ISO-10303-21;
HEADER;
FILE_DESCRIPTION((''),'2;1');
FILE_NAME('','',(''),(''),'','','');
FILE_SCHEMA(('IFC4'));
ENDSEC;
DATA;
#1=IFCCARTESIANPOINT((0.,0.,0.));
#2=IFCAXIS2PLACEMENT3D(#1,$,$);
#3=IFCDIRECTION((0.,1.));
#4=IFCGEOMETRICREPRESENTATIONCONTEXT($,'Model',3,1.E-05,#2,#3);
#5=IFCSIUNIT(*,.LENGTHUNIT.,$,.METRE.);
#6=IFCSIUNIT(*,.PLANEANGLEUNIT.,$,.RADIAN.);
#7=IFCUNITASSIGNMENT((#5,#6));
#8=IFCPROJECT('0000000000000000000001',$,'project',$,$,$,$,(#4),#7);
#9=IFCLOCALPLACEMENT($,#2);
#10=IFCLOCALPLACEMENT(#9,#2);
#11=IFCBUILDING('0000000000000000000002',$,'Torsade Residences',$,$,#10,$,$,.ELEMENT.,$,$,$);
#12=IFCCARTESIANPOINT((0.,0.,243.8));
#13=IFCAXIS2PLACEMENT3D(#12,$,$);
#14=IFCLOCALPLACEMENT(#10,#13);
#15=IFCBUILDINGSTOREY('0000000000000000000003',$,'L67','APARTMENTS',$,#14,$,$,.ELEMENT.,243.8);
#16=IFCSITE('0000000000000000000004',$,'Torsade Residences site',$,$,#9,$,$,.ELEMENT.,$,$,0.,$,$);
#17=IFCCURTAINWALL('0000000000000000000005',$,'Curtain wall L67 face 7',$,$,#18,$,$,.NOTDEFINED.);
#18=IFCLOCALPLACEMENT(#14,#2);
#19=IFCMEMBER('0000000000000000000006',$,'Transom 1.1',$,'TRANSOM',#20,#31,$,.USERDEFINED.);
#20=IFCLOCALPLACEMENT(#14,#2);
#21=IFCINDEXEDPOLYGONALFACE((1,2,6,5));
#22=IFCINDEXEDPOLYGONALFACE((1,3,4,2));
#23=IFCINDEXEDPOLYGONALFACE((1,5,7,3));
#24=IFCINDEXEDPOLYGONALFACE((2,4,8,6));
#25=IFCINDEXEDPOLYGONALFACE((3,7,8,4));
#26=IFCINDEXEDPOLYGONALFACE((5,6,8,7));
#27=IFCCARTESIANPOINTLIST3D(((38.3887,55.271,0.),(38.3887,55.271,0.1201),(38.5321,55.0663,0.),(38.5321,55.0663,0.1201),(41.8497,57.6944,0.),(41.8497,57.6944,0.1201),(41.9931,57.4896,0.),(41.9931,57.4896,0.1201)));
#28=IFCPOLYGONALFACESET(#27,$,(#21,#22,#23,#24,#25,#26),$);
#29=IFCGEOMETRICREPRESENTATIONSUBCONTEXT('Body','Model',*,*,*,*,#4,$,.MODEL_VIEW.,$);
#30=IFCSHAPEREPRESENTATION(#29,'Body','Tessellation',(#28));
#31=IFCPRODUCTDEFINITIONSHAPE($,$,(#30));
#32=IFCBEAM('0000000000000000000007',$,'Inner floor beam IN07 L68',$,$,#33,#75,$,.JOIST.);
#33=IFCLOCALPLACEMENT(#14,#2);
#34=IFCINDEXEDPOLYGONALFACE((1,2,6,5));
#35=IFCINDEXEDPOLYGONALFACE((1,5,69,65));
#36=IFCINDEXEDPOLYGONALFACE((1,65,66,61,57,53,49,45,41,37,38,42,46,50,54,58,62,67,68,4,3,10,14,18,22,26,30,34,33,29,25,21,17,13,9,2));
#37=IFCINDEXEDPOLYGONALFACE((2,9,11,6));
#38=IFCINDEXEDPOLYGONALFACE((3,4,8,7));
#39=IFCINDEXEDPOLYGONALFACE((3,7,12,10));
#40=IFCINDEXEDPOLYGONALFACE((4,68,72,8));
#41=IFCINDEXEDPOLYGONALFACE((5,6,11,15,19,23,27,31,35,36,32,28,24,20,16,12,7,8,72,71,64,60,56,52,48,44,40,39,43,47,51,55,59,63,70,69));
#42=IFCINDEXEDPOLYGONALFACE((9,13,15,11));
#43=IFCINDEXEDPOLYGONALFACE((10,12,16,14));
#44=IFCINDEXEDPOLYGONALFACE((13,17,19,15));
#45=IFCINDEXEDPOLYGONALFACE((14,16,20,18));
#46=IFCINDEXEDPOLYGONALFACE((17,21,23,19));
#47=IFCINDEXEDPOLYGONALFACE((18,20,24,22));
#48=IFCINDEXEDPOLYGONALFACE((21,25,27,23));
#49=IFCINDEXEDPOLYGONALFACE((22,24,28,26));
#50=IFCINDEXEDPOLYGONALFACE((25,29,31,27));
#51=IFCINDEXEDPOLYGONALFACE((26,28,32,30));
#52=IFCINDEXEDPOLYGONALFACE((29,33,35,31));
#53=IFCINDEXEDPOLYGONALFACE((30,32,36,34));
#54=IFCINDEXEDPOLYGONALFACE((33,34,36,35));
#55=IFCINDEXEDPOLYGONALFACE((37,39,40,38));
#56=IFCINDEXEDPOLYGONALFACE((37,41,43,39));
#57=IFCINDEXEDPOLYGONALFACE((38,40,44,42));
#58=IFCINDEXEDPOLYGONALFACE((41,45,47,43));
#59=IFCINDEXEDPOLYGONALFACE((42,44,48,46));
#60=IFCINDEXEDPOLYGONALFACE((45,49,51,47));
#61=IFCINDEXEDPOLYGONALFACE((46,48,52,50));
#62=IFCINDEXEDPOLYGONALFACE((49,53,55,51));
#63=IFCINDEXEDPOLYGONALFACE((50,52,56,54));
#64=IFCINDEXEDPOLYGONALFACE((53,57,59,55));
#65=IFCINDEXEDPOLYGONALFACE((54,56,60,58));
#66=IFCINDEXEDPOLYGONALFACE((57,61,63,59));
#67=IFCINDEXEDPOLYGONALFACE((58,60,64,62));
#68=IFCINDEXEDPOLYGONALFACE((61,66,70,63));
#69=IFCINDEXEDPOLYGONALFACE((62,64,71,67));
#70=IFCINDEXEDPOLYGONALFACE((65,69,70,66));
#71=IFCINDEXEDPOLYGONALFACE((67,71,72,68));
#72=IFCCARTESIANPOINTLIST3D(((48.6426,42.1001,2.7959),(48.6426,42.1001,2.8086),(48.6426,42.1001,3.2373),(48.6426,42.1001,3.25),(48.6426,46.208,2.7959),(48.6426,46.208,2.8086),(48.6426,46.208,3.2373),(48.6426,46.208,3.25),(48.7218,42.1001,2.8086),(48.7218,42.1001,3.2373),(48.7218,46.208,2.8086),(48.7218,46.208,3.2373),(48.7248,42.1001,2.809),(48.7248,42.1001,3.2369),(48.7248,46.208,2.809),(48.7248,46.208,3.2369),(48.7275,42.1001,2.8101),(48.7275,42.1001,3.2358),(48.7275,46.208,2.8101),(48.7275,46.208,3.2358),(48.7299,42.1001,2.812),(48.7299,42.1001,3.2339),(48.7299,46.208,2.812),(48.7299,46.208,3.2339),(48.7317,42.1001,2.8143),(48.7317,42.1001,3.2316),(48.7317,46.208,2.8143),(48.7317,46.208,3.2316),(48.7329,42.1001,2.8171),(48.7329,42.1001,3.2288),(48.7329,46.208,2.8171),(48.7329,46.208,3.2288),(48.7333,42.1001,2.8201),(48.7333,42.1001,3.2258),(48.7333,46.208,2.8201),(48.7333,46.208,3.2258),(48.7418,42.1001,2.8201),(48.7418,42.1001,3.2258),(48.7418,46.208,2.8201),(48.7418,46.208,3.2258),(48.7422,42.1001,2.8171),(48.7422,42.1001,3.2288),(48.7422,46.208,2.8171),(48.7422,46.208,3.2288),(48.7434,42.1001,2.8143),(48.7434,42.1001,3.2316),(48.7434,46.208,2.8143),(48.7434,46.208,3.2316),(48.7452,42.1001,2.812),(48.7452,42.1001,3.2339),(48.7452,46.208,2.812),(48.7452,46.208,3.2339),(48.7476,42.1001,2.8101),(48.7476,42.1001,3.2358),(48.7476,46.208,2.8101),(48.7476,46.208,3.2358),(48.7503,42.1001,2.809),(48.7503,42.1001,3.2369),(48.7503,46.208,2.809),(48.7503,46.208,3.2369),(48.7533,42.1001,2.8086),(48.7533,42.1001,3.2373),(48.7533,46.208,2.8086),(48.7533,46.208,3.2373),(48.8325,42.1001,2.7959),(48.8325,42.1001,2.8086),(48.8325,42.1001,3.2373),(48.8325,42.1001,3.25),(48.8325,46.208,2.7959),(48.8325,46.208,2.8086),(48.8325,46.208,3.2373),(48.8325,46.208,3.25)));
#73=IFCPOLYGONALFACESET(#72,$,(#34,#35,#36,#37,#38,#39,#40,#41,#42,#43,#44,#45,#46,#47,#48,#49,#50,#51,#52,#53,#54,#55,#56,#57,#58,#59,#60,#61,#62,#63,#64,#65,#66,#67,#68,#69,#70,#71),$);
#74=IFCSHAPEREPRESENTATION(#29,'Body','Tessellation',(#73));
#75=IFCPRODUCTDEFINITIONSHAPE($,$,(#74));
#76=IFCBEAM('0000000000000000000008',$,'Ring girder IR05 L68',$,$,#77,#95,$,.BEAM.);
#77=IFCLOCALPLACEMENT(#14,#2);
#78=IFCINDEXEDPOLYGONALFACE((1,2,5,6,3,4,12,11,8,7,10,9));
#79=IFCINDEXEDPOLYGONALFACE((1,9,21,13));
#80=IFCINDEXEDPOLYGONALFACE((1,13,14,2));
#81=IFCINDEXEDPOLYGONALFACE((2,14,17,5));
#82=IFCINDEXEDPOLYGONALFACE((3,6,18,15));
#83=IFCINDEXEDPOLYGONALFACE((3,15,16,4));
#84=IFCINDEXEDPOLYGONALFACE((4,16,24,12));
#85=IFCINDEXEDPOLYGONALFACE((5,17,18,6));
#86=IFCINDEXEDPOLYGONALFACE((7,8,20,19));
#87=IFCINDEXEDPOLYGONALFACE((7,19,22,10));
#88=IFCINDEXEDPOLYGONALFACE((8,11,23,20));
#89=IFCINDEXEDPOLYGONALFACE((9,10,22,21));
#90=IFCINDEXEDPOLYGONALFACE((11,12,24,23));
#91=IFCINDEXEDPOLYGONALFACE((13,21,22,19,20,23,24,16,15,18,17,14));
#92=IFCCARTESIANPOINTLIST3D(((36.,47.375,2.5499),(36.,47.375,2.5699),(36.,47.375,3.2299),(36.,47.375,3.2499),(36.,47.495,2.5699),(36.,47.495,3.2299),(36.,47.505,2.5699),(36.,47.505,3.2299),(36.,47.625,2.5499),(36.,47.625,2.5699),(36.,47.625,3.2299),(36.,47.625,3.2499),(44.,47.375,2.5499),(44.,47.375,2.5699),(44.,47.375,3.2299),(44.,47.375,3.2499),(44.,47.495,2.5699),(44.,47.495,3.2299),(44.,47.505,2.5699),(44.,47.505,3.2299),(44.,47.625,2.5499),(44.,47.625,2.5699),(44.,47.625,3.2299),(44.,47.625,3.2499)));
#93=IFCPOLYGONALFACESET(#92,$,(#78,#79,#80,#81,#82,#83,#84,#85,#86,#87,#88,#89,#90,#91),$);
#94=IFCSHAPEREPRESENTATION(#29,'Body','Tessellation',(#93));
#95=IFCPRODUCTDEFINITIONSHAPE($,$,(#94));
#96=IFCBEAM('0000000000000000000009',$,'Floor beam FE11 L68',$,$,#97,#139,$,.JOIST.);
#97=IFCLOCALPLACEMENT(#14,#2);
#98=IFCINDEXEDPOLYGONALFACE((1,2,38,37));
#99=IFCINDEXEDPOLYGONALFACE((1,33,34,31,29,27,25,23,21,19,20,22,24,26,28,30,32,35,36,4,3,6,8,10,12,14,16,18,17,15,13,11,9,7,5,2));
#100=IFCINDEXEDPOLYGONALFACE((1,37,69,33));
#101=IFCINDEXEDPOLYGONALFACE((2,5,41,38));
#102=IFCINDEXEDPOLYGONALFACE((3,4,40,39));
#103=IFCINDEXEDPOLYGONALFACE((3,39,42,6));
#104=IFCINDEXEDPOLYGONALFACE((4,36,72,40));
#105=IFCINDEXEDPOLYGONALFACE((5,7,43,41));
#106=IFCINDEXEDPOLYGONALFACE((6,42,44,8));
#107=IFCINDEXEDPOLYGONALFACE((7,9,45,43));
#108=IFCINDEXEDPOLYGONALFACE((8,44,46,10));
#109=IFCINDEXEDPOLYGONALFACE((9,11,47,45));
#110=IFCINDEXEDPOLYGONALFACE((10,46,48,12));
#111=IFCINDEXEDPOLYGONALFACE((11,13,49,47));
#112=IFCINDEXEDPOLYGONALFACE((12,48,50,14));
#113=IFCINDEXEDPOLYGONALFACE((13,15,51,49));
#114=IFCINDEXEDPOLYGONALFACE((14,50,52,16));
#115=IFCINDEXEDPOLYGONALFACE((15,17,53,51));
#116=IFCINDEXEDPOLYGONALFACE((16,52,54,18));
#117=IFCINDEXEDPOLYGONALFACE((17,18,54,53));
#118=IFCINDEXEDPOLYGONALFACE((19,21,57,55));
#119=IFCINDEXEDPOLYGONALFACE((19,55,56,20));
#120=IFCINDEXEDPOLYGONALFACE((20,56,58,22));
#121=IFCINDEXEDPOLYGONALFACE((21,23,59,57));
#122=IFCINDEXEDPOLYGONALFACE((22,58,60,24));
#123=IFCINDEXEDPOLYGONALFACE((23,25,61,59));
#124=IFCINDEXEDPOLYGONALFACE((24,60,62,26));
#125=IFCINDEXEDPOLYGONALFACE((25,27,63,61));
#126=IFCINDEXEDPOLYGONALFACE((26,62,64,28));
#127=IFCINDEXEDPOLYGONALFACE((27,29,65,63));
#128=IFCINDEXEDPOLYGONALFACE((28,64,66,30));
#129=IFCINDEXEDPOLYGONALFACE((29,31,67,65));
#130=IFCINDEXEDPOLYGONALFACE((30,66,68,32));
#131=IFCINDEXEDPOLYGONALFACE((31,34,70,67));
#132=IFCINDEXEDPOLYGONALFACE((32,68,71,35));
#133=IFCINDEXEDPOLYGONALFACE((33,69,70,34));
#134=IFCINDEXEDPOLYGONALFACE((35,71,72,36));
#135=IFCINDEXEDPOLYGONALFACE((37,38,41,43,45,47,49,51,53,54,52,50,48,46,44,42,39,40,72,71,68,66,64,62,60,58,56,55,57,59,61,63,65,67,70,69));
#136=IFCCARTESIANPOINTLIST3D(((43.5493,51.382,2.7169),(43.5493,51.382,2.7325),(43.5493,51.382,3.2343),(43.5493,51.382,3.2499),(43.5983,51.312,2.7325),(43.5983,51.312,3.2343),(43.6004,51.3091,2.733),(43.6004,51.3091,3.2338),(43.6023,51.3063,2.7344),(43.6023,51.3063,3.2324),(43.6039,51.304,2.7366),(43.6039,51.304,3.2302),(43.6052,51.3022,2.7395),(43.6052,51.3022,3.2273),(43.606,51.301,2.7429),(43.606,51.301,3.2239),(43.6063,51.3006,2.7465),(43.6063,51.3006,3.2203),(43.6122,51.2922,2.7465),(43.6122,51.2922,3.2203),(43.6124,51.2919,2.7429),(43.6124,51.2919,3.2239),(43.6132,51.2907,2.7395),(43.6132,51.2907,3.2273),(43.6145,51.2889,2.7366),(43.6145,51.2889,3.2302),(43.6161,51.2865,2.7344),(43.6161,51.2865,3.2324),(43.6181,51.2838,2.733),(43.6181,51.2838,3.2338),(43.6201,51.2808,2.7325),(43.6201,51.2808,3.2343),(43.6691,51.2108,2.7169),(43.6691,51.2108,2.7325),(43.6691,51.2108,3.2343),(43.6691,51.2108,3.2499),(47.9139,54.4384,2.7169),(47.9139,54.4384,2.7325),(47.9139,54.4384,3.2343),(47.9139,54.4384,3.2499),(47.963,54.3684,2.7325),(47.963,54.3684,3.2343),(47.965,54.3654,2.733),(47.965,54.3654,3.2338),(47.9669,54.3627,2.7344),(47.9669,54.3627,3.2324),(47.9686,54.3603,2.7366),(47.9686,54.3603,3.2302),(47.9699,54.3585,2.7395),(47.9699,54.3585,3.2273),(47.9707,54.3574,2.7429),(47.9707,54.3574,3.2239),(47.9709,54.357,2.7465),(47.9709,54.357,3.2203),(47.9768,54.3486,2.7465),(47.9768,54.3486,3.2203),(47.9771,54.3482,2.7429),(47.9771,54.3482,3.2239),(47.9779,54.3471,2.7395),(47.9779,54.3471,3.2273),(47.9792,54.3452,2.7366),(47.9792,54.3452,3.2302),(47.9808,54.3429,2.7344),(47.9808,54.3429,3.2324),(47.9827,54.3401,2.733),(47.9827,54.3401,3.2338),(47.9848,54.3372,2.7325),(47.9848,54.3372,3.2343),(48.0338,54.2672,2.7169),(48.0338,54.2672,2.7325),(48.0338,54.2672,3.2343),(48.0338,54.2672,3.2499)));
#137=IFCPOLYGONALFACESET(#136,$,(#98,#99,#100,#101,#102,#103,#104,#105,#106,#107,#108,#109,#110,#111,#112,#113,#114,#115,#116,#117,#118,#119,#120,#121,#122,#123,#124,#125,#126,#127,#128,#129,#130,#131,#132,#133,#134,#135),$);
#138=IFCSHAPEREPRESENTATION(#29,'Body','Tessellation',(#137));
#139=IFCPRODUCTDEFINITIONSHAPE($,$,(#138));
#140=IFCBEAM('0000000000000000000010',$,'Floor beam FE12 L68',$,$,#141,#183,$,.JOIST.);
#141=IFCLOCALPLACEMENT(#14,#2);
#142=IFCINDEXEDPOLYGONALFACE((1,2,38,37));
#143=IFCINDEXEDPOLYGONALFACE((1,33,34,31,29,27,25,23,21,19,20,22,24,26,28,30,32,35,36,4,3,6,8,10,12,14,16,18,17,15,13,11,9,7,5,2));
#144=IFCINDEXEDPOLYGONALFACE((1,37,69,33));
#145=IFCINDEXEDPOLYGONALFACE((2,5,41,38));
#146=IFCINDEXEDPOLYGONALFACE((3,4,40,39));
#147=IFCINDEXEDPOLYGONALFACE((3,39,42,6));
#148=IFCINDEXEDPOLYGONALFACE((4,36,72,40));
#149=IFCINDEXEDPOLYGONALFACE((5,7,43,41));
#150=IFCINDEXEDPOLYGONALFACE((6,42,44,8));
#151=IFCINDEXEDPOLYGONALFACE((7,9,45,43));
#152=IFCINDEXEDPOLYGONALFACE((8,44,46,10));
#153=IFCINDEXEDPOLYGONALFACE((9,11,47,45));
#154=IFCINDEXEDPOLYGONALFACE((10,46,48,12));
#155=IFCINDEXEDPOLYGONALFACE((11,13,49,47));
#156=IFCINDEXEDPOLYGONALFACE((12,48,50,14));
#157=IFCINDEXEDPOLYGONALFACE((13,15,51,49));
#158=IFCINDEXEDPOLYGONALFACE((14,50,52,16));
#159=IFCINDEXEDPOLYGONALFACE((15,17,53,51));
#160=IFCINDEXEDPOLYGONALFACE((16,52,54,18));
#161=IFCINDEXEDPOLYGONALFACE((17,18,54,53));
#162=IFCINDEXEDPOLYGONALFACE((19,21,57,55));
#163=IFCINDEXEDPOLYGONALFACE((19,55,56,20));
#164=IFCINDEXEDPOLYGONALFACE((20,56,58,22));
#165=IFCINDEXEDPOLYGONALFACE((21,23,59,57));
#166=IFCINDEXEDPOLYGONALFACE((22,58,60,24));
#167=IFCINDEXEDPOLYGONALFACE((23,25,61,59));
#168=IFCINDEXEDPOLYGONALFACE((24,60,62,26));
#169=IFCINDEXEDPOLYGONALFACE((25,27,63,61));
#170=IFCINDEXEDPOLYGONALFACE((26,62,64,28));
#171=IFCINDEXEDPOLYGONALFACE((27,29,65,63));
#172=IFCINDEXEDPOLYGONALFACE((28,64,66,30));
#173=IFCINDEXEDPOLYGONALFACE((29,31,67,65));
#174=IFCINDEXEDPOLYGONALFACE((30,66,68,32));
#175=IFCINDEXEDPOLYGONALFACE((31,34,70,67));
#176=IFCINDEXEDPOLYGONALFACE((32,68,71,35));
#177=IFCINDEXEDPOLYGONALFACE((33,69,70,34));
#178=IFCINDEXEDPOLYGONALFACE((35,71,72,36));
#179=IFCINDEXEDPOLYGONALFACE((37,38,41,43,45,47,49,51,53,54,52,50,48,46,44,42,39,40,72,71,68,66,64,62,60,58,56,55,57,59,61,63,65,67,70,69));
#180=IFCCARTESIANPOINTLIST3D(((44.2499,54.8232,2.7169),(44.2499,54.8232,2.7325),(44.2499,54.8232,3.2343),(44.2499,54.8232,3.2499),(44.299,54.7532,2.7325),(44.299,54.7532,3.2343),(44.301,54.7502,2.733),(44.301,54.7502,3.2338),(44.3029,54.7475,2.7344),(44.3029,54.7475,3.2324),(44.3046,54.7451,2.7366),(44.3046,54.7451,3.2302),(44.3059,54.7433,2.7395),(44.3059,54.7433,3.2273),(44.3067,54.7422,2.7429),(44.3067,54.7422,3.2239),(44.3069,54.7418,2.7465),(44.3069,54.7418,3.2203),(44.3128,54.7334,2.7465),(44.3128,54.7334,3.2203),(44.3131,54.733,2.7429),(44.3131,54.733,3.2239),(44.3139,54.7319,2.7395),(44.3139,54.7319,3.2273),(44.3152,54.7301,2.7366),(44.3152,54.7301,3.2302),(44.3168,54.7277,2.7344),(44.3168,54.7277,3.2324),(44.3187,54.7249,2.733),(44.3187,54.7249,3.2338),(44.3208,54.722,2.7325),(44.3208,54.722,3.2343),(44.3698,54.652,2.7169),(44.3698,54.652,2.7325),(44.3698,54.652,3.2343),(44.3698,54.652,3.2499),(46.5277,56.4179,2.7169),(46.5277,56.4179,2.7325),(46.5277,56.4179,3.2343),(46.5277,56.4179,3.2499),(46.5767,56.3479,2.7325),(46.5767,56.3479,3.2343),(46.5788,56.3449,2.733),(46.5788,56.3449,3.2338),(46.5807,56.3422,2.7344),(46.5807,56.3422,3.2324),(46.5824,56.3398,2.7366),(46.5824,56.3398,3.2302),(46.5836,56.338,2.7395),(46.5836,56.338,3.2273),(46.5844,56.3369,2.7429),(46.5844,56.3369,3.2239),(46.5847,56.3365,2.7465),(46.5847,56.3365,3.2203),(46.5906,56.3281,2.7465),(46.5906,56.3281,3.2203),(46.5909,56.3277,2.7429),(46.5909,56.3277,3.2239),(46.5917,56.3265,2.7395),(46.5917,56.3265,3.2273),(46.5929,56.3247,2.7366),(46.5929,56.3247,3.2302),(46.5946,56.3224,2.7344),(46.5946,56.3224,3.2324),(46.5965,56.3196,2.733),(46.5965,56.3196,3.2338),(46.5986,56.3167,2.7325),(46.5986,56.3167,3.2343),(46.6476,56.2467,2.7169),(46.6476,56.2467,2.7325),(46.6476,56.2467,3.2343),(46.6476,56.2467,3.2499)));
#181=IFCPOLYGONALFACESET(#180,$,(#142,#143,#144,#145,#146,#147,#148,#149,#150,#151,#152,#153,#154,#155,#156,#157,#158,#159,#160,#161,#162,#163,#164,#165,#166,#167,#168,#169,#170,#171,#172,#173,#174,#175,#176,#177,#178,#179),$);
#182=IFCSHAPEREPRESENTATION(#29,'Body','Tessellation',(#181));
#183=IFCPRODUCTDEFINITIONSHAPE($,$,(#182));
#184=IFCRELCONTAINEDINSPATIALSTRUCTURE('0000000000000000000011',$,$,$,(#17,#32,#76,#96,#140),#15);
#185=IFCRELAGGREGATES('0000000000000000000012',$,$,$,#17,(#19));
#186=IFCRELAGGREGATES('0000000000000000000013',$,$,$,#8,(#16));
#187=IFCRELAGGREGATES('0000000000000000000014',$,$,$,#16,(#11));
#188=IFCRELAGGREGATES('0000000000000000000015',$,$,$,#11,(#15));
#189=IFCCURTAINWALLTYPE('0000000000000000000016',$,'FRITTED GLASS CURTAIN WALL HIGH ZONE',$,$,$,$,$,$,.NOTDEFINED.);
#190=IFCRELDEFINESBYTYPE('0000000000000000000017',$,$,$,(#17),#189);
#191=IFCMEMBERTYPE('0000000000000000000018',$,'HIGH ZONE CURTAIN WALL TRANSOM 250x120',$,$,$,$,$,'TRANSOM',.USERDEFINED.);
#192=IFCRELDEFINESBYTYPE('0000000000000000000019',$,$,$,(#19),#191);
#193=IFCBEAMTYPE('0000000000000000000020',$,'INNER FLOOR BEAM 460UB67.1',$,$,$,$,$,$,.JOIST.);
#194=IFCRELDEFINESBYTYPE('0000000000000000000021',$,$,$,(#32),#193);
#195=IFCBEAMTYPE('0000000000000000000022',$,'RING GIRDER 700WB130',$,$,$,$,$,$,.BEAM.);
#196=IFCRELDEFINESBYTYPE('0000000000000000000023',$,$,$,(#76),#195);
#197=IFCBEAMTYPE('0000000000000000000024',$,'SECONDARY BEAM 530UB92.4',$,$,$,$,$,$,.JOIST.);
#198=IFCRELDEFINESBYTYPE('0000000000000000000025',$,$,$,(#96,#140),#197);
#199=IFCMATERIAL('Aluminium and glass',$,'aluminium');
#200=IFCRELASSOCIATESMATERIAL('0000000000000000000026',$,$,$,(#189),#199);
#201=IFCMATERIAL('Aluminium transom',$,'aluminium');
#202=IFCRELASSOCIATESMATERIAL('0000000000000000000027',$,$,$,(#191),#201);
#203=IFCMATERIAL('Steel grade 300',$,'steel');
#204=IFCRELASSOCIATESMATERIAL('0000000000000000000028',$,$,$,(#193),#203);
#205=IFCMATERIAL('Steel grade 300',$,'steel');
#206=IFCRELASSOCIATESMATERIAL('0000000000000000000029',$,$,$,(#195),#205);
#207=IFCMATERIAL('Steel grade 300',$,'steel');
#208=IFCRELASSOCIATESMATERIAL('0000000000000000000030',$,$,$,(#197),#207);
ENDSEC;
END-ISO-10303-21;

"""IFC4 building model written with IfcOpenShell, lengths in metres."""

from ifc_helpers import new_model, si_unit, direction, frame, origin, origin_2d, place, context, subcontext, project, spatial, rectangle, i_section, extrude, material, material_profile, profile_set, type_object, element, aggregate, save


model = new_model("IFC4")

# Units and contexts
model_context = context("Model", 3, precision=1e-05, world=origin(), true_north=direction((0.0, 1.0)))
body_context = subcontext(model_context, "Body", "Model", "MODEL_VIEW")
ifc_project = project(units=[si_unit("LENGTHUNIT", "METRE"), si_unit("PLANEANGLEUNIT", "RADIAN")], contexts=[model_context])

# Site, building, storey
site_placement = place(None, origin())
site = spatial("IfcSite", under=ifc_project, at=site_placement, Name="Torsade Residences site", CompositionType="ELEMENT", RefElevation=0.0)
building_placement = place(site_placement, origin())
building = spatial("IfcBuilding", under=site, at=building_placement, Name="Torsade Residences", CompositionType="ELEMENT")
storey_placement = place(building_placement, frame((0.0, 0.0, 243.8)))
storey = spatial("IfcBuildingStorey", under=building, at=storey_placement, Name="L67", Description="APARTMENTS", CompositionType="ELEMENT", Elevation=243.8)

# Shared definitions
ifc_material_1 = material(Name="Aluminium and glass", Category="aluminium")
curtain_wall_type = type_object("IfcCurtainWallType", Name="FRITTED GLASS CURTAIN WALL HIGH ZONE", PredefinedType="NOTDEFINED", material=ifc_material_1)

# Curtain wall, member
curtain_wall_1_placement = place(storey_placement, origin())
curtain_wall_1 = element("IfcCurtainWall", 1, at=curtain_wall_1_placement, inside=storey, type_object=curtain_wall_type, Name="Curtain wall L67 face 7", PredefinedType="NOTDEFINED")
ifc_material_2 = material(Name="Aluminium transom", Category="aluminium")
ifc_material_profile_1 = material_profile(ifc_material_2, rectangle(XDim=0.25, YDim=0.1201, at=origin_2d()), Name="HIGH ZONE CURTAIN WALL TRANSOM 250x120")
ifc_profile_set_1 = profile_set([ifc_material_profile_1], Name="Aluminium transom")
member_type_1 = type_object("IfcMemberType", Name="HIGH ZONE CURTAIN WALL TRANSOM 250x120", ElementType="TRANSOM", PredefinedType="USERDEFINED", material=ifc_profile_set_1)
member_1_placement = place(storey_placement, frame((41.9214, 57.592, 0.0601), z_axis=(-0.819156, -0.573571, 0.0), x_axis=(0.573571, -0.819156, 0.0)))
member_1 = element("IfcMember", 2, at=member_1_placement, type_object=member_type_1, Name="Transom 1.1", ObjectType="TRANSOM", PredefinedType="USERDEFINED", context=body_context, shape_type="SweptSolid", body=[
    extrude(rectangle(XDim=0.25, YDim=0.1201, at=origin_2d()), origin(), (0.0, 0.0, 1.0), 4.2251),
])

# Beams
ifc_material_3 = material(Name="Steel grade 300", Category="steel")
ifc_material_profile_2 = material_profile(ifc_material_3, i_section(OverallWidth=0.1899, OverallDepth=0.4541, WebThickness=0.0085, FlangeThickness=0.0127, FilletRadius=0.0115, at=origin_2d()), Name="460UB67.1")
ifc_profile_set_2 = profile_set([ifc_material_profile_2], Name="Steel grade 300")
beam_type_1 = type_object("IfcBeamType", Name="INNER FLOOR BEAM 460UB67.1", PredefinedType="JOIST", material=ifc_profile_set_2)
beam_1_placement = place(storey_placement, frame((48.7375, 42.1001, 3.0229), z_axis=(0.0, 1.0, 0.0), x_axis=(-1.0, 0.0, 0.0)))
element("IfcBeam", 3, at=beam_1_placement, inside=storey, type_object=beam_type_1, Name="Inner floor beam IN07 L68", PredefinedType="JOIST", context=body_context, shape_type="SweptSolid", body=[
    extrude(i_section(OverallWidth=0.1899, OverallDepth=0.4541, WebThickness=0.0085, FlangeThickness=0.0127, FilletRadius=0.0115, at=origin_2d()), origin(), (0.0, 0.0, 1.0), 4.1079),
])
ifc_material_4 = material(Name="Steel grade 300", Category="steel")
ifc_material_profile_3 = material_profile(ifc_material_4, i_section(OverallWidth=0.25, OverallDepth=0.7, WebThickness=0.01, FlangeThickness=0.02, at=origin_2d()), Name="700WB130")
ifc_profile_set_3 = profile_set([ifc_material_profile_3], Name="Steel grade 300")
beam_type_2 = type_object("IfcBeamType", Name="RING GIRDER 700WB130", PredefinedType="BEAM", material=ifc_profile_set_3)
beam_2_placement = place(storey_placement, frame((44.0, 47.5, 2.8999), z_axis=(-1.0, 0.0, 0.0), x_axis=(0.0, -1.0, 0.0)))
element("IfcBeam", 4, at=beam_2_placement, inside=storey, type_object=beam_type_2, Name="Ring girder IR05 L68", PredefinedType="BEAM", context=body_context, shape_type="SweptSolid", body=[
    extrude(i_section(OverallWidth=0.25, OverallDepth=0.7, WebThickness=0.01, FlangeThickness=0.02, at=origin_2d()), origin(), (0.0, 0.0, 1.0), 8.0),
])
ifc_material_5 = material(Name="Steel grade 300", Category="steel")
ifc_material_profile_4 = material_profile(ifc_material_5, i_section(OverallWidth=0.209, OverallDepth=0.533, WebThickness=0.0103, FlangeThickness=0.0156, FilletRadius=0.0139, at=origin_2d()), Name="530UB92.4")
ifc_profile_set_4 = profile_set([ifc_material_profile_4], Name="Steel grade 300")
beam_type_3 = type_object("IfcBeamType", Name="SECONDARY BEAM 530UB92.4", PredefinedType="JOIST", material=ifc_profile_set_4)
beam_3_placement = place(storey_placement, frame((47.9739, 54.3528, 2.9834), z_axis=(-0.819137, -0.573598, 0.0), x_axis=(0.573598, -0.819137, 0.0)))
element("IfcBeam", 5, at=beam_3_placement, inside=storey, type_object=beam_type_3, Name="Floor beam FE11 L68", PredefinedType="JOIST", context=body_context, shape_type="SweptSolid", body=[
    extrude(i_section(OverallWidth=0.209, OverallDepth=0.533, WebThickness=0.0103, FlangeThickness=0.0156, FilletRadius=0.0139, at=origin_2d()), origin(), (0.0, 0.0, 1.0), 5.3284),
])
beam_4_placement = place(storey_placement, frame((46.5876, 56.3323, 2.9834), z_axis=(-0.819191, -0.573521, 0.0), x_axis=(0.573521, -0.819191, 0.0)))
element("IfcBeam", 6, at=beam_4_placement, inside=storey, type_object=beam_type_3, Name="Floor beam FE12 L68", PredefinedType="JOIST", context=body_context, shape_type="SweptSolid", body=[
    extrude(i_section(OverallWidth=0.209, OverallDepth=0.533, WebThickness=0.0103, FlangeThickness=0.0156, FilletRadius=0.0139, at=origin_2d()), origin(), (0.0, 0.0, 1.0), 2.7805),
])

aggregate(curtain_wall_1, [member_1])

save(model, "model.ifc")
